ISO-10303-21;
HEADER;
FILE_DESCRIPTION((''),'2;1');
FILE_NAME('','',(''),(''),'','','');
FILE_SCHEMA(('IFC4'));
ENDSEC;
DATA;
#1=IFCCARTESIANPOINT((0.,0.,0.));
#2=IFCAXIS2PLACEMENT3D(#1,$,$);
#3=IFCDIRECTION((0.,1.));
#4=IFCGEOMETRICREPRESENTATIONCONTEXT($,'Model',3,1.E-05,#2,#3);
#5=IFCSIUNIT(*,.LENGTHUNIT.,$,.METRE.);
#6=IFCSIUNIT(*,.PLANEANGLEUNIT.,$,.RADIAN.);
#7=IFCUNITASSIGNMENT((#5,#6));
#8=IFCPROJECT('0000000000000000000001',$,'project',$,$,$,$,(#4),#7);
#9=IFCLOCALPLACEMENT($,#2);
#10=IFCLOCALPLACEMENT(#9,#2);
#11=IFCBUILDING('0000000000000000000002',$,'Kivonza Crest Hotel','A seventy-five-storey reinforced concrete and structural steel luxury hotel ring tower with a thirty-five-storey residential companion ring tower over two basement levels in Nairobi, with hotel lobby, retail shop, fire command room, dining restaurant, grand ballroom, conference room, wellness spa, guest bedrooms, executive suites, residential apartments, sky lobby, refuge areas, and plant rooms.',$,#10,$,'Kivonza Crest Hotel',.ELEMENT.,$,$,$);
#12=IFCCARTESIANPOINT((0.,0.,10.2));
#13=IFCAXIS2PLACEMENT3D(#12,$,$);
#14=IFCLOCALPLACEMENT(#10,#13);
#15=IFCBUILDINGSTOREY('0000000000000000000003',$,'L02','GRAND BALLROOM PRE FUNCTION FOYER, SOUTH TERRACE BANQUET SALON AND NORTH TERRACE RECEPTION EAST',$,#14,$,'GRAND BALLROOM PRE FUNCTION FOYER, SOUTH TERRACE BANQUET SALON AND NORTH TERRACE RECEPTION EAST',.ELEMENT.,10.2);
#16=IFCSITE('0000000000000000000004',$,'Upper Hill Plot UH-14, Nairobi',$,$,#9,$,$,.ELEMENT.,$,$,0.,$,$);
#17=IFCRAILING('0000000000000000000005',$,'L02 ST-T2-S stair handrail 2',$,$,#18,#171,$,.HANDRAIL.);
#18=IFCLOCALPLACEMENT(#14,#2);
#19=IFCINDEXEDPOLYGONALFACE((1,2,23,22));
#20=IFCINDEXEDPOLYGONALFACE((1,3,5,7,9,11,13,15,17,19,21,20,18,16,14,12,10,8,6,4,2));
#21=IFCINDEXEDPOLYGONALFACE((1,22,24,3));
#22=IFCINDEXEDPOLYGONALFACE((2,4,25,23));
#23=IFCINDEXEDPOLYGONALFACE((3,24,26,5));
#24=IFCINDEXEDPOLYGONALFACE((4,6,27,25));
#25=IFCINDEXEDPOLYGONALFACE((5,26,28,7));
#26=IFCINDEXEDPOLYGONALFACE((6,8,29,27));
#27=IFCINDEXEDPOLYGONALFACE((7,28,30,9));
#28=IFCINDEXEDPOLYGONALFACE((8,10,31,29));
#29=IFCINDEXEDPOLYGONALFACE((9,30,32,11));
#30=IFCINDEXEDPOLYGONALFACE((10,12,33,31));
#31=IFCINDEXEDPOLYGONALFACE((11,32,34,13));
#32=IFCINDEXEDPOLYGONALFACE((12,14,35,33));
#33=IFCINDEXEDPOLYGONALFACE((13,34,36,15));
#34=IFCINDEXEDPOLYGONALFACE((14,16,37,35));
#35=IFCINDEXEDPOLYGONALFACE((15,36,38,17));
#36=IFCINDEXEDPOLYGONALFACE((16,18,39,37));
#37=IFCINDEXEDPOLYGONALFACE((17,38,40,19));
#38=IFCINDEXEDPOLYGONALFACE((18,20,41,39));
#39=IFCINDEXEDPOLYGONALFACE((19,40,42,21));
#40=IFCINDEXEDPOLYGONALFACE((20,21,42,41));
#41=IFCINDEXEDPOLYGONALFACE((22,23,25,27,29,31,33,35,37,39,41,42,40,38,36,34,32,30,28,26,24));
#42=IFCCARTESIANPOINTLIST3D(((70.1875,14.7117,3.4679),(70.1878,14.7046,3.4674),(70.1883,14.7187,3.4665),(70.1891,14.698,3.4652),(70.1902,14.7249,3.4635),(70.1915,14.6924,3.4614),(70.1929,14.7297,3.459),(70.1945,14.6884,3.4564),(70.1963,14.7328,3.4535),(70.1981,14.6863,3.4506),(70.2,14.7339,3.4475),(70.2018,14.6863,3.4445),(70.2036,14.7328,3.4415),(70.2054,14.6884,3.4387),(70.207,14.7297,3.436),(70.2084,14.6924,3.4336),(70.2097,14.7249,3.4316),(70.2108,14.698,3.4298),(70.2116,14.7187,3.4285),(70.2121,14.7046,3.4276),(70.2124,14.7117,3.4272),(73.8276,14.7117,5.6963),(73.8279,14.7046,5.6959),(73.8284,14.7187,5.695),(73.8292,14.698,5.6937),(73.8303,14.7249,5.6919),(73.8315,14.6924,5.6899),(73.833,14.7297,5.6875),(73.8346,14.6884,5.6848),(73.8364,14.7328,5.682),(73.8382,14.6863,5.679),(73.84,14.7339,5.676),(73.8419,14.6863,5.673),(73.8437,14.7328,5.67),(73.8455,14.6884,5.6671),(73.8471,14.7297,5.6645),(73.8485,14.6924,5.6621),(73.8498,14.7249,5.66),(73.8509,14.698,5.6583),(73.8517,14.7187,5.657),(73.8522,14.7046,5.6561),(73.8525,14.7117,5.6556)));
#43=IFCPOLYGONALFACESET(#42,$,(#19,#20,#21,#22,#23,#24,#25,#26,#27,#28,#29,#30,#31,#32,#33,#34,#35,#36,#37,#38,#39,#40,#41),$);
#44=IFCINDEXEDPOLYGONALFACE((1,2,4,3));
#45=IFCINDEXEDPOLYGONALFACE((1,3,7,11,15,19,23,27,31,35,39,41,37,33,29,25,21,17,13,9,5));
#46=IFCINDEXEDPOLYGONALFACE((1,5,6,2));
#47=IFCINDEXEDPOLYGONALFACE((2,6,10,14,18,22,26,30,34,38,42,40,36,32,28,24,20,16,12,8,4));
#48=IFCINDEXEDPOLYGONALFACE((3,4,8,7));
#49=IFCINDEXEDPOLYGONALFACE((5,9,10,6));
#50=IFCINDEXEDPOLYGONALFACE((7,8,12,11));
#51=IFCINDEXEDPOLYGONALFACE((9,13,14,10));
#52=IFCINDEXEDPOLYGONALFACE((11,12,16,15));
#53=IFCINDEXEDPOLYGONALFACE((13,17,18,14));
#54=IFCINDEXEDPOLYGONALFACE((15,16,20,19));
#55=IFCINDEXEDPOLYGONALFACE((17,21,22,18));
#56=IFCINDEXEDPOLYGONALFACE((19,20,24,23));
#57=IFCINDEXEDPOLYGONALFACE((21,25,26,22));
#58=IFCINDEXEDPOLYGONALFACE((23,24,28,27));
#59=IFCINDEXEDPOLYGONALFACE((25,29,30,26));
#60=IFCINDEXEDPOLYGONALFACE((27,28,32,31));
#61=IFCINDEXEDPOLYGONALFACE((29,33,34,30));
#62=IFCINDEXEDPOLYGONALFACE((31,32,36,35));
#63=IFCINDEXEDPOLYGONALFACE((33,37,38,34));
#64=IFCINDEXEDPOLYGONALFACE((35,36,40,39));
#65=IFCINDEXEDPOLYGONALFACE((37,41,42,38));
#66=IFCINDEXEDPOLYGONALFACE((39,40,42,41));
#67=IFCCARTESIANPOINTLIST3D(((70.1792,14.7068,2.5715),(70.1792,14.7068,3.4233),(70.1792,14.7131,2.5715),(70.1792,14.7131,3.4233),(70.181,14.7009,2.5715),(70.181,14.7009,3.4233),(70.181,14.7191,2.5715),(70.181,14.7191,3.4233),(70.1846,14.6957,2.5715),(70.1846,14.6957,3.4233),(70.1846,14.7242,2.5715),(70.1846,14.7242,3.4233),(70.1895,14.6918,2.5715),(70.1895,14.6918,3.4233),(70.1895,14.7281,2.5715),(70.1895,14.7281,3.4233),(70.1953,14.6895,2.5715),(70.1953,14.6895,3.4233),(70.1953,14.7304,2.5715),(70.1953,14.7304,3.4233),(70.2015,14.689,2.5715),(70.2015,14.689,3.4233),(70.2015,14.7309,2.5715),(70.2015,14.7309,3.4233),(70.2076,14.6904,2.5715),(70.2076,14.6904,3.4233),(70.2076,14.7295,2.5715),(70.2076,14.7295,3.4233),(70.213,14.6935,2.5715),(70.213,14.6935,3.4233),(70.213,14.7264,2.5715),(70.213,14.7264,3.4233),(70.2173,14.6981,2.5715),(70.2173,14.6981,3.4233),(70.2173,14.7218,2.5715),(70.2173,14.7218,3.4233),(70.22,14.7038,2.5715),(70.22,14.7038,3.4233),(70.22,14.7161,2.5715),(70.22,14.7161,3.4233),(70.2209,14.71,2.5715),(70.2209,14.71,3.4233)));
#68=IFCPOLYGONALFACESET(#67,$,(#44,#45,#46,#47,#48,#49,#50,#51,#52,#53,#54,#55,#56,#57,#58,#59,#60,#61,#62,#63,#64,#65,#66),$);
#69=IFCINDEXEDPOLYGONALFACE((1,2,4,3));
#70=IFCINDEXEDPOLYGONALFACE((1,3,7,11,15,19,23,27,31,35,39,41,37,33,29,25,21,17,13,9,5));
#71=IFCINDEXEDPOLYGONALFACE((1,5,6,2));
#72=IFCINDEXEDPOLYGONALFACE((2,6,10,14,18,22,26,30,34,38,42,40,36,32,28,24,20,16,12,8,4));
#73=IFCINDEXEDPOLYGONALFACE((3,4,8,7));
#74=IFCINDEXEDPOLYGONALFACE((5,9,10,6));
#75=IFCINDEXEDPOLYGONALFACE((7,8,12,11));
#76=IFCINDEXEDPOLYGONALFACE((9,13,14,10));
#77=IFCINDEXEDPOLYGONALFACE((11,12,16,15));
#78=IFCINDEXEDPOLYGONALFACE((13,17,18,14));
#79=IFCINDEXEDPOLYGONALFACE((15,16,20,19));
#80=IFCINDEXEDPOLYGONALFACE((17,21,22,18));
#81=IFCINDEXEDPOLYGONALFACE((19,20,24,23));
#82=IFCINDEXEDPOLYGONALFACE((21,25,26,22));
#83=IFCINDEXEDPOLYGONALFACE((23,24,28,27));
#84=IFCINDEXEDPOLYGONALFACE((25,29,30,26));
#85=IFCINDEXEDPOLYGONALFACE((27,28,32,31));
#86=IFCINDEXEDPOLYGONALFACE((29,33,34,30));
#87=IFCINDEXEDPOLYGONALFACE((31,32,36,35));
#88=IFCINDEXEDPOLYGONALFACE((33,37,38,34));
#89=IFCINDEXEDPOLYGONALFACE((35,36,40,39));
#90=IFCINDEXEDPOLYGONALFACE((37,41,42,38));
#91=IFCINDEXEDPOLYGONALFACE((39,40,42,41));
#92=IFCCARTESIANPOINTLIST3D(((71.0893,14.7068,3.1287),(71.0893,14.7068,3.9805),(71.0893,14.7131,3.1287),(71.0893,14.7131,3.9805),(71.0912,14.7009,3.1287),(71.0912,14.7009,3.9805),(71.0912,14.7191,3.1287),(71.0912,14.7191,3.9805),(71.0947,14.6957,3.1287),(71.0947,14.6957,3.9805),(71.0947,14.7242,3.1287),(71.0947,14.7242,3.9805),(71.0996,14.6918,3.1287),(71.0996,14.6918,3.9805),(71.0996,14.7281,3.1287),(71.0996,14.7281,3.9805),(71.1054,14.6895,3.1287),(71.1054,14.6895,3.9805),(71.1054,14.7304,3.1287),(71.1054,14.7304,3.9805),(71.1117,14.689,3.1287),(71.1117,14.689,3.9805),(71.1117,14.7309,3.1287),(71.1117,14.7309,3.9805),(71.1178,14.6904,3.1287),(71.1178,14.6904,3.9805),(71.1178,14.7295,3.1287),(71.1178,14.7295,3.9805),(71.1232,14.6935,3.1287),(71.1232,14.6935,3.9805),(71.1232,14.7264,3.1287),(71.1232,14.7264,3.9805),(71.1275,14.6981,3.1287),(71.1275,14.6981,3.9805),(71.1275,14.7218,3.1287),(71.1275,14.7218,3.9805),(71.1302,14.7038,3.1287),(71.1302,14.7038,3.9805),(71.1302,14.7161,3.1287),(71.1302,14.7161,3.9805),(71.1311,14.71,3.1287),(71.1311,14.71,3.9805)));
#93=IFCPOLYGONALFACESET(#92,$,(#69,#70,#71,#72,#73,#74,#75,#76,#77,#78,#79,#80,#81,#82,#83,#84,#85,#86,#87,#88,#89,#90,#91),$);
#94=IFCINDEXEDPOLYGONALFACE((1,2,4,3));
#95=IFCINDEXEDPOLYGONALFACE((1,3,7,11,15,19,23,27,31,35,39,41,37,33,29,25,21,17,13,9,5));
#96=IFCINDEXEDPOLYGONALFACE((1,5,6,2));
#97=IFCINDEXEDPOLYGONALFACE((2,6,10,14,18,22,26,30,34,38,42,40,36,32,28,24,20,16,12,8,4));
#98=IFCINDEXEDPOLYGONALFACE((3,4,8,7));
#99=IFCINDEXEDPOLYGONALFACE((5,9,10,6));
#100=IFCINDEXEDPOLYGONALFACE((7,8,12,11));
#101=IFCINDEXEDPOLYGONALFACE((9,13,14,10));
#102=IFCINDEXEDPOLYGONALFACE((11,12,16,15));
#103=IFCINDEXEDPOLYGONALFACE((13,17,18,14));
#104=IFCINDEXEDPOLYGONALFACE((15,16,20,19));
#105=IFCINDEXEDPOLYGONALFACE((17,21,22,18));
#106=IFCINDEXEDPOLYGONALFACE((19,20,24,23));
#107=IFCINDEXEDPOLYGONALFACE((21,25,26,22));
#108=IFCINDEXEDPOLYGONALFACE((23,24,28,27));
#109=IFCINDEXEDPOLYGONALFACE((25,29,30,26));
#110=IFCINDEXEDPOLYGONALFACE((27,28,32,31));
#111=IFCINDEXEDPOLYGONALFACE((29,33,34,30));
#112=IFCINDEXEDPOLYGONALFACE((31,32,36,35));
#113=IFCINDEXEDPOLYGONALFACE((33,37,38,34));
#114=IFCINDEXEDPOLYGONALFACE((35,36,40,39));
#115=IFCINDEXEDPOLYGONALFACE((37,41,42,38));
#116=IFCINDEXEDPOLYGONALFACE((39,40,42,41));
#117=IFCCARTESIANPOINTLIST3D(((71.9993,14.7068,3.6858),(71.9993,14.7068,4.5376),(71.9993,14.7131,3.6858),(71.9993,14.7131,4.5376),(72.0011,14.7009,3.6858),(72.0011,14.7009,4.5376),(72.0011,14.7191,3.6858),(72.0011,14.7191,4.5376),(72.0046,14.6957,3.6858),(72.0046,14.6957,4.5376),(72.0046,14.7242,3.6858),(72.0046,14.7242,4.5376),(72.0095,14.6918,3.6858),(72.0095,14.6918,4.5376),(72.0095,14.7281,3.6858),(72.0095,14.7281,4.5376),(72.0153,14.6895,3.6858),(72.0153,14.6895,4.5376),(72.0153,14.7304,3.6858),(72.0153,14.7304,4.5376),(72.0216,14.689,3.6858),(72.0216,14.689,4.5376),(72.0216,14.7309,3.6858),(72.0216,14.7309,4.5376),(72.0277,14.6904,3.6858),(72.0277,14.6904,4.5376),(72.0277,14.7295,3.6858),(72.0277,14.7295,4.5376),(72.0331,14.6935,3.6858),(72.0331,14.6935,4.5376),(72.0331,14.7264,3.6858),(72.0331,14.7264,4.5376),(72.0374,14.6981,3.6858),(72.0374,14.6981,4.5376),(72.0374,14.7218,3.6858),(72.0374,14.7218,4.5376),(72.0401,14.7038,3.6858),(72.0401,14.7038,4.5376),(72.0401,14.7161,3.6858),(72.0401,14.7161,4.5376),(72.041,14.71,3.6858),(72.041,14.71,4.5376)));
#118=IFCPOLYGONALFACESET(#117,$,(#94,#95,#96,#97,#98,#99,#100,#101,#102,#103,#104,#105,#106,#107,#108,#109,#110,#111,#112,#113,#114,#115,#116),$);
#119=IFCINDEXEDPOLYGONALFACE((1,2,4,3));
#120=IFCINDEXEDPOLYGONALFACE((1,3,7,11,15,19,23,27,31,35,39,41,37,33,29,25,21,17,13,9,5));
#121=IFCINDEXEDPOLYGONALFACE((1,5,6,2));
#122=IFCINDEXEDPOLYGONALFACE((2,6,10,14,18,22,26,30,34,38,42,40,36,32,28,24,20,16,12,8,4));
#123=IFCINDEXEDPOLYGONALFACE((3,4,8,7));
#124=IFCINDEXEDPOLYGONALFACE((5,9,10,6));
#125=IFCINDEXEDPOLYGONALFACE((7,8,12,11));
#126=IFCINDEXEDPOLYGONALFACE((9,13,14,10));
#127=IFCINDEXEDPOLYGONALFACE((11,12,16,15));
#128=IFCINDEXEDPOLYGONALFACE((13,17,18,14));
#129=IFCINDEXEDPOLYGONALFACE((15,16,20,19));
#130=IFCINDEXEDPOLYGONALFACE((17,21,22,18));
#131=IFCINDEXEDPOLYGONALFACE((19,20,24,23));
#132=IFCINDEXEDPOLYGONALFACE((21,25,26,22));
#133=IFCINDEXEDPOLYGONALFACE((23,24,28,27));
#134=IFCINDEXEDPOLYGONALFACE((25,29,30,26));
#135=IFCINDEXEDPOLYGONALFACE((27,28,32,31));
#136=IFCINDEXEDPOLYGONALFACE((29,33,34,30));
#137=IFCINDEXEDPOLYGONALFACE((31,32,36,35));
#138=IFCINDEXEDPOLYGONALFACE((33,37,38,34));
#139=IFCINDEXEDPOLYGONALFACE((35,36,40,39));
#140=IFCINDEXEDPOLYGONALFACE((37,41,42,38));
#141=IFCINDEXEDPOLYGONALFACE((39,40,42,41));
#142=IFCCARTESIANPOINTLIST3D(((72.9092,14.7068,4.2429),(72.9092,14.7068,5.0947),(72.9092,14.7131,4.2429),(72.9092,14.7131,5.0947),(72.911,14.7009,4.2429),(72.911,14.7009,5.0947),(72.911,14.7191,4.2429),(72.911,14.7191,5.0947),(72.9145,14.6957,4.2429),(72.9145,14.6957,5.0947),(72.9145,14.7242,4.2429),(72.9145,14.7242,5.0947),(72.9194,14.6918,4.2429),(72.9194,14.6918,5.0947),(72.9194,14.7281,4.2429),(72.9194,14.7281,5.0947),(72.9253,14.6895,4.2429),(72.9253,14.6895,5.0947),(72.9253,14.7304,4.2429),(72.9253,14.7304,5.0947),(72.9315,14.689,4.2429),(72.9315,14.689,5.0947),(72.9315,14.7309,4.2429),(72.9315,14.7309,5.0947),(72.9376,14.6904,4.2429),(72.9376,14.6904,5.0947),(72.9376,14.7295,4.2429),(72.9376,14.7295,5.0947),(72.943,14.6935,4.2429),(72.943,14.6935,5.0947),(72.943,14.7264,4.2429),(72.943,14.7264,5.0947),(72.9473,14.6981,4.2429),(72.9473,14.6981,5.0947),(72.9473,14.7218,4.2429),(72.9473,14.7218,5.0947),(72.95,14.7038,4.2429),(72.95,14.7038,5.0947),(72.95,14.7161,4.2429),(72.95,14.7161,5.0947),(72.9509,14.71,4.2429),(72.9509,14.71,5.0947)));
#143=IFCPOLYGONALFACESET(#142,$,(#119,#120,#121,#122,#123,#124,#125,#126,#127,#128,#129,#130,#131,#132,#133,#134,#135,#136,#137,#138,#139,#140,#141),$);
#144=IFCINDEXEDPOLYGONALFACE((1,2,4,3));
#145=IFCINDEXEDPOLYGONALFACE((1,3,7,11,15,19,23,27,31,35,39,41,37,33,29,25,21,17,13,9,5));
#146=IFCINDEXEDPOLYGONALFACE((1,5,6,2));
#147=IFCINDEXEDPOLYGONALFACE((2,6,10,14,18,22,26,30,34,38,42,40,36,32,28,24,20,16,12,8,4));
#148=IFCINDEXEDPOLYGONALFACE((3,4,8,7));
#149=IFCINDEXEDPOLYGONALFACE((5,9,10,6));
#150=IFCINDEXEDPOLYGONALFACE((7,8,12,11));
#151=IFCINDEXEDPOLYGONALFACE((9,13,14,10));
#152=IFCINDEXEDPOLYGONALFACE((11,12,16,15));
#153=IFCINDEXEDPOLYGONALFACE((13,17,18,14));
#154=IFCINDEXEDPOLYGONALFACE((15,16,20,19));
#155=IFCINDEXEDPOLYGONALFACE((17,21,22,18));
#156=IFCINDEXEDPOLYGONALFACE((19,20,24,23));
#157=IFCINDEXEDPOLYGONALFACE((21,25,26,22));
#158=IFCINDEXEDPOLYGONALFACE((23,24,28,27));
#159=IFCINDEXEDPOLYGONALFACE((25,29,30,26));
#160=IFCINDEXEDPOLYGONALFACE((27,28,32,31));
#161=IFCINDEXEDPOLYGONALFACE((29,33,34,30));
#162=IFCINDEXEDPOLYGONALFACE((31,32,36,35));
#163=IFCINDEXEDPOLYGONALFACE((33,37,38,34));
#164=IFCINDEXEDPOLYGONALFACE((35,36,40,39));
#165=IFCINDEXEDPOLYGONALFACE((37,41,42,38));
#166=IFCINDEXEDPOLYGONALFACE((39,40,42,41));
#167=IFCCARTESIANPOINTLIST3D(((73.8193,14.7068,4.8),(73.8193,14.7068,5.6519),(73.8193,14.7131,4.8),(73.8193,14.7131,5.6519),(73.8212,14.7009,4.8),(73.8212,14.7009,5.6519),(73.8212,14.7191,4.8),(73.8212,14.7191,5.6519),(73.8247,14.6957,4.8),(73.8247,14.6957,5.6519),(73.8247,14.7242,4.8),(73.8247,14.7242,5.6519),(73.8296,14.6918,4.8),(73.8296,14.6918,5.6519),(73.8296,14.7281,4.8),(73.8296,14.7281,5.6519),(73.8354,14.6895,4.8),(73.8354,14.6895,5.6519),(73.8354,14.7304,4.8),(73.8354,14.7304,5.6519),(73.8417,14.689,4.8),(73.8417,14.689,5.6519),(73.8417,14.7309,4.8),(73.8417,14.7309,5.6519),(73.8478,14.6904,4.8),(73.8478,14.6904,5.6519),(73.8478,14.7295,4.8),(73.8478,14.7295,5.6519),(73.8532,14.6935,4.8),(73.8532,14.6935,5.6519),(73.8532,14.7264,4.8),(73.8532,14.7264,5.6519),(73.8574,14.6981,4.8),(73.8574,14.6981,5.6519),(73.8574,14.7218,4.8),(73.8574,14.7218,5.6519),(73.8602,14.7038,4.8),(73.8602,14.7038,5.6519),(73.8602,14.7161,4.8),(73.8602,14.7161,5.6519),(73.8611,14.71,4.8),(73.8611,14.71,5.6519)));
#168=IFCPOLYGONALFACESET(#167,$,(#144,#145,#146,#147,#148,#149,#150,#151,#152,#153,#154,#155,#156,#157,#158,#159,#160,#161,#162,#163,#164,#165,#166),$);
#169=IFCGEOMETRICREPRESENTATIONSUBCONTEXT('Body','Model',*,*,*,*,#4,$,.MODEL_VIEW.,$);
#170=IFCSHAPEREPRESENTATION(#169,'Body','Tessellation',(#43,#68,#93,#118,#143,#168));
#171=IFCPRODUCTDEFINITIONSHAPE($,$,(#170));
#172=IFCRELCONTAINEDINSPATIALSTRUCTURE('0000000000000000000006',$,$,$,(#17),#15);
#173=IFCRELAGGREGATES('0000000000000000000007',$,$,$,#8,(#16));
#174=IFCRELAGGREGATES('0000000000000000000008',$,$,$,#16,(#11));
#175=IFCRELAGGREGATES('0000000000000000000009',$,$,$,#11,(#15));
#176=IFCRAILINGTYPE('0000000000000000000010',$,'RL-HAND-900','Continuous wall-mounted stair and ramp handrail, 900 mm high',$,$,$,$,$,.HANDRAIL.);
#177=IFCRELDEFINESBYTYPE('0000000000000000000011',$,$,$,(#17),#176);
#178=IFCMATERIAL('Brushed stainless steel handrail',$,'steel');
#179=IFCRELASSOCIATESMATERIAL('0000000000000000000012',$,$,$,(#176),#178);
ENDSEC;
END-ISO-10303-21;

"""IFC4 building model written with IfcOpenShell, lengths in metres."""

from ifc_helpers import new_model, si_unit, direction, frame, origin, origin_2d, place, context, subcontext, project, spatial, circle, extrude, material, type_object, element, save


model = new_model("IFC4")

# Units and contexts
model_context = context("Model", 3, precision=1e-05, world=origin(), true_north=direction((0.0, 1.0)))
body_context = subcontext(model_context, "Body", "Model", "MODEL_VIEW")
ifc_project = project(units=[si_unit("LENGTHUNIT", "METRE"), si_unit("PLANEANGLEUNIT", "RADIAN")], contexts=[model_context])

# Site, building, storey
site_placement = place(None, origin())
site = spatial("IfcSite", under=ifc_project, at=site_placement, Name="Upper Hill Plot UH-14, Nairobi", CompositionType="ELEMENT", RefElevation=0.0)
building_placement = place(site_placement, origin())
building = spatial("IfcBuilding", under=site, at=building_placement, Name="Kivonza Crest Hotel", Description="A seventy-five-storey reinforced concrete and structural steel luxury hotel ring tower with a thirty-five-storey residential companion ring tower over two basement levels in Nairobi, with hotel lobby, retail shop, fire command room, dining restaurant, grand ballroom, conference room, wellness spa, guest bedrooms, executive suites, residential apartments, sky lobby, refuge areas, and plant rooms.", LongName="Kivonza Crest Hotel", CompositionType="ELEMENT")
storey_placement = place(building_placement, frame((0.0, 0.0, 10.2)))
storey = spatial("IfcBuildingStorey", under=building, at=storey_placement, Name="L02", Description="GRAND BALLROOM PRE FUNCTION FOYER, SOUTH TERRACE BANQUET SALON AND NORTH TERRACE RECEPTION EAST", LongName="GRAND BALLROOM PRE FUNCTION FOYER, SOUTH TERRACE BANQUET SALON AND NORTH TERRACE RECEPTION EAST", CompositionType="ELEMENT", Elevation=10.2)

# Railing
ifc_material_1 = material(Name="Brushed stainless steel handrail", Category="steel")
railing_type_1 = type_object("IfcRailingType", Name="RL-HAND-900", Description="Continuous wall-mounted stair and ramp handrail, 900 mm high", PredefinedType="HANDRAIL", material=ifc_material_1)
railing_1_placement = place(storey_placement, frame((70.2, 14.71, 2.5715)))
element("IfcRailing", 1, at=railing_1_placement, inside=storey, type_object=railing_type_1, Name="L02 ST-T2-S stair handrail 2", PredefinedType="HANDRAIL", context=body_context, shape_type="SweptSolid", body=[
    extrude(circle(Radius=0.0239, at=origin_2d()), frame((0.0, 0.0, 0.876), z_axis=(0.852866, 0.0, 0.52213), x_axis=(0.0, 1.0, 0.0)), (0.0, 0.0, 1.0), 4.2681),
    extrude(circle(Radius=0.021, at=origin_2d()), origin(), (0.0, 0.0, 1.0), 0.8518),
    extrude(circle(Radius=0.021, at=origin_2d()), frame((0.9102, 0.0, 0.5571)), (0.0, 0.0, 1.0), 0.8518),
    extrude(circle(Radius=0.021, at=origin_2d()), frame((1.8201, 0.0, 1.1143)), (0.0, 0.0, 1.0), 0.8518),
    extrude(circle(Radius=0.021, at=origin_2d()), frame((2.73, 0.0, 1.6714)), (0.0, 0.0, 1.0), 0.8518),
    extrude(circle(Radius=0.021, at=origin_2d()), frame((3.6401, 0.0, 2.2285)), (0.0, 0.0, 1.0), 0.8518),
])

save(model, "model.ifc")
